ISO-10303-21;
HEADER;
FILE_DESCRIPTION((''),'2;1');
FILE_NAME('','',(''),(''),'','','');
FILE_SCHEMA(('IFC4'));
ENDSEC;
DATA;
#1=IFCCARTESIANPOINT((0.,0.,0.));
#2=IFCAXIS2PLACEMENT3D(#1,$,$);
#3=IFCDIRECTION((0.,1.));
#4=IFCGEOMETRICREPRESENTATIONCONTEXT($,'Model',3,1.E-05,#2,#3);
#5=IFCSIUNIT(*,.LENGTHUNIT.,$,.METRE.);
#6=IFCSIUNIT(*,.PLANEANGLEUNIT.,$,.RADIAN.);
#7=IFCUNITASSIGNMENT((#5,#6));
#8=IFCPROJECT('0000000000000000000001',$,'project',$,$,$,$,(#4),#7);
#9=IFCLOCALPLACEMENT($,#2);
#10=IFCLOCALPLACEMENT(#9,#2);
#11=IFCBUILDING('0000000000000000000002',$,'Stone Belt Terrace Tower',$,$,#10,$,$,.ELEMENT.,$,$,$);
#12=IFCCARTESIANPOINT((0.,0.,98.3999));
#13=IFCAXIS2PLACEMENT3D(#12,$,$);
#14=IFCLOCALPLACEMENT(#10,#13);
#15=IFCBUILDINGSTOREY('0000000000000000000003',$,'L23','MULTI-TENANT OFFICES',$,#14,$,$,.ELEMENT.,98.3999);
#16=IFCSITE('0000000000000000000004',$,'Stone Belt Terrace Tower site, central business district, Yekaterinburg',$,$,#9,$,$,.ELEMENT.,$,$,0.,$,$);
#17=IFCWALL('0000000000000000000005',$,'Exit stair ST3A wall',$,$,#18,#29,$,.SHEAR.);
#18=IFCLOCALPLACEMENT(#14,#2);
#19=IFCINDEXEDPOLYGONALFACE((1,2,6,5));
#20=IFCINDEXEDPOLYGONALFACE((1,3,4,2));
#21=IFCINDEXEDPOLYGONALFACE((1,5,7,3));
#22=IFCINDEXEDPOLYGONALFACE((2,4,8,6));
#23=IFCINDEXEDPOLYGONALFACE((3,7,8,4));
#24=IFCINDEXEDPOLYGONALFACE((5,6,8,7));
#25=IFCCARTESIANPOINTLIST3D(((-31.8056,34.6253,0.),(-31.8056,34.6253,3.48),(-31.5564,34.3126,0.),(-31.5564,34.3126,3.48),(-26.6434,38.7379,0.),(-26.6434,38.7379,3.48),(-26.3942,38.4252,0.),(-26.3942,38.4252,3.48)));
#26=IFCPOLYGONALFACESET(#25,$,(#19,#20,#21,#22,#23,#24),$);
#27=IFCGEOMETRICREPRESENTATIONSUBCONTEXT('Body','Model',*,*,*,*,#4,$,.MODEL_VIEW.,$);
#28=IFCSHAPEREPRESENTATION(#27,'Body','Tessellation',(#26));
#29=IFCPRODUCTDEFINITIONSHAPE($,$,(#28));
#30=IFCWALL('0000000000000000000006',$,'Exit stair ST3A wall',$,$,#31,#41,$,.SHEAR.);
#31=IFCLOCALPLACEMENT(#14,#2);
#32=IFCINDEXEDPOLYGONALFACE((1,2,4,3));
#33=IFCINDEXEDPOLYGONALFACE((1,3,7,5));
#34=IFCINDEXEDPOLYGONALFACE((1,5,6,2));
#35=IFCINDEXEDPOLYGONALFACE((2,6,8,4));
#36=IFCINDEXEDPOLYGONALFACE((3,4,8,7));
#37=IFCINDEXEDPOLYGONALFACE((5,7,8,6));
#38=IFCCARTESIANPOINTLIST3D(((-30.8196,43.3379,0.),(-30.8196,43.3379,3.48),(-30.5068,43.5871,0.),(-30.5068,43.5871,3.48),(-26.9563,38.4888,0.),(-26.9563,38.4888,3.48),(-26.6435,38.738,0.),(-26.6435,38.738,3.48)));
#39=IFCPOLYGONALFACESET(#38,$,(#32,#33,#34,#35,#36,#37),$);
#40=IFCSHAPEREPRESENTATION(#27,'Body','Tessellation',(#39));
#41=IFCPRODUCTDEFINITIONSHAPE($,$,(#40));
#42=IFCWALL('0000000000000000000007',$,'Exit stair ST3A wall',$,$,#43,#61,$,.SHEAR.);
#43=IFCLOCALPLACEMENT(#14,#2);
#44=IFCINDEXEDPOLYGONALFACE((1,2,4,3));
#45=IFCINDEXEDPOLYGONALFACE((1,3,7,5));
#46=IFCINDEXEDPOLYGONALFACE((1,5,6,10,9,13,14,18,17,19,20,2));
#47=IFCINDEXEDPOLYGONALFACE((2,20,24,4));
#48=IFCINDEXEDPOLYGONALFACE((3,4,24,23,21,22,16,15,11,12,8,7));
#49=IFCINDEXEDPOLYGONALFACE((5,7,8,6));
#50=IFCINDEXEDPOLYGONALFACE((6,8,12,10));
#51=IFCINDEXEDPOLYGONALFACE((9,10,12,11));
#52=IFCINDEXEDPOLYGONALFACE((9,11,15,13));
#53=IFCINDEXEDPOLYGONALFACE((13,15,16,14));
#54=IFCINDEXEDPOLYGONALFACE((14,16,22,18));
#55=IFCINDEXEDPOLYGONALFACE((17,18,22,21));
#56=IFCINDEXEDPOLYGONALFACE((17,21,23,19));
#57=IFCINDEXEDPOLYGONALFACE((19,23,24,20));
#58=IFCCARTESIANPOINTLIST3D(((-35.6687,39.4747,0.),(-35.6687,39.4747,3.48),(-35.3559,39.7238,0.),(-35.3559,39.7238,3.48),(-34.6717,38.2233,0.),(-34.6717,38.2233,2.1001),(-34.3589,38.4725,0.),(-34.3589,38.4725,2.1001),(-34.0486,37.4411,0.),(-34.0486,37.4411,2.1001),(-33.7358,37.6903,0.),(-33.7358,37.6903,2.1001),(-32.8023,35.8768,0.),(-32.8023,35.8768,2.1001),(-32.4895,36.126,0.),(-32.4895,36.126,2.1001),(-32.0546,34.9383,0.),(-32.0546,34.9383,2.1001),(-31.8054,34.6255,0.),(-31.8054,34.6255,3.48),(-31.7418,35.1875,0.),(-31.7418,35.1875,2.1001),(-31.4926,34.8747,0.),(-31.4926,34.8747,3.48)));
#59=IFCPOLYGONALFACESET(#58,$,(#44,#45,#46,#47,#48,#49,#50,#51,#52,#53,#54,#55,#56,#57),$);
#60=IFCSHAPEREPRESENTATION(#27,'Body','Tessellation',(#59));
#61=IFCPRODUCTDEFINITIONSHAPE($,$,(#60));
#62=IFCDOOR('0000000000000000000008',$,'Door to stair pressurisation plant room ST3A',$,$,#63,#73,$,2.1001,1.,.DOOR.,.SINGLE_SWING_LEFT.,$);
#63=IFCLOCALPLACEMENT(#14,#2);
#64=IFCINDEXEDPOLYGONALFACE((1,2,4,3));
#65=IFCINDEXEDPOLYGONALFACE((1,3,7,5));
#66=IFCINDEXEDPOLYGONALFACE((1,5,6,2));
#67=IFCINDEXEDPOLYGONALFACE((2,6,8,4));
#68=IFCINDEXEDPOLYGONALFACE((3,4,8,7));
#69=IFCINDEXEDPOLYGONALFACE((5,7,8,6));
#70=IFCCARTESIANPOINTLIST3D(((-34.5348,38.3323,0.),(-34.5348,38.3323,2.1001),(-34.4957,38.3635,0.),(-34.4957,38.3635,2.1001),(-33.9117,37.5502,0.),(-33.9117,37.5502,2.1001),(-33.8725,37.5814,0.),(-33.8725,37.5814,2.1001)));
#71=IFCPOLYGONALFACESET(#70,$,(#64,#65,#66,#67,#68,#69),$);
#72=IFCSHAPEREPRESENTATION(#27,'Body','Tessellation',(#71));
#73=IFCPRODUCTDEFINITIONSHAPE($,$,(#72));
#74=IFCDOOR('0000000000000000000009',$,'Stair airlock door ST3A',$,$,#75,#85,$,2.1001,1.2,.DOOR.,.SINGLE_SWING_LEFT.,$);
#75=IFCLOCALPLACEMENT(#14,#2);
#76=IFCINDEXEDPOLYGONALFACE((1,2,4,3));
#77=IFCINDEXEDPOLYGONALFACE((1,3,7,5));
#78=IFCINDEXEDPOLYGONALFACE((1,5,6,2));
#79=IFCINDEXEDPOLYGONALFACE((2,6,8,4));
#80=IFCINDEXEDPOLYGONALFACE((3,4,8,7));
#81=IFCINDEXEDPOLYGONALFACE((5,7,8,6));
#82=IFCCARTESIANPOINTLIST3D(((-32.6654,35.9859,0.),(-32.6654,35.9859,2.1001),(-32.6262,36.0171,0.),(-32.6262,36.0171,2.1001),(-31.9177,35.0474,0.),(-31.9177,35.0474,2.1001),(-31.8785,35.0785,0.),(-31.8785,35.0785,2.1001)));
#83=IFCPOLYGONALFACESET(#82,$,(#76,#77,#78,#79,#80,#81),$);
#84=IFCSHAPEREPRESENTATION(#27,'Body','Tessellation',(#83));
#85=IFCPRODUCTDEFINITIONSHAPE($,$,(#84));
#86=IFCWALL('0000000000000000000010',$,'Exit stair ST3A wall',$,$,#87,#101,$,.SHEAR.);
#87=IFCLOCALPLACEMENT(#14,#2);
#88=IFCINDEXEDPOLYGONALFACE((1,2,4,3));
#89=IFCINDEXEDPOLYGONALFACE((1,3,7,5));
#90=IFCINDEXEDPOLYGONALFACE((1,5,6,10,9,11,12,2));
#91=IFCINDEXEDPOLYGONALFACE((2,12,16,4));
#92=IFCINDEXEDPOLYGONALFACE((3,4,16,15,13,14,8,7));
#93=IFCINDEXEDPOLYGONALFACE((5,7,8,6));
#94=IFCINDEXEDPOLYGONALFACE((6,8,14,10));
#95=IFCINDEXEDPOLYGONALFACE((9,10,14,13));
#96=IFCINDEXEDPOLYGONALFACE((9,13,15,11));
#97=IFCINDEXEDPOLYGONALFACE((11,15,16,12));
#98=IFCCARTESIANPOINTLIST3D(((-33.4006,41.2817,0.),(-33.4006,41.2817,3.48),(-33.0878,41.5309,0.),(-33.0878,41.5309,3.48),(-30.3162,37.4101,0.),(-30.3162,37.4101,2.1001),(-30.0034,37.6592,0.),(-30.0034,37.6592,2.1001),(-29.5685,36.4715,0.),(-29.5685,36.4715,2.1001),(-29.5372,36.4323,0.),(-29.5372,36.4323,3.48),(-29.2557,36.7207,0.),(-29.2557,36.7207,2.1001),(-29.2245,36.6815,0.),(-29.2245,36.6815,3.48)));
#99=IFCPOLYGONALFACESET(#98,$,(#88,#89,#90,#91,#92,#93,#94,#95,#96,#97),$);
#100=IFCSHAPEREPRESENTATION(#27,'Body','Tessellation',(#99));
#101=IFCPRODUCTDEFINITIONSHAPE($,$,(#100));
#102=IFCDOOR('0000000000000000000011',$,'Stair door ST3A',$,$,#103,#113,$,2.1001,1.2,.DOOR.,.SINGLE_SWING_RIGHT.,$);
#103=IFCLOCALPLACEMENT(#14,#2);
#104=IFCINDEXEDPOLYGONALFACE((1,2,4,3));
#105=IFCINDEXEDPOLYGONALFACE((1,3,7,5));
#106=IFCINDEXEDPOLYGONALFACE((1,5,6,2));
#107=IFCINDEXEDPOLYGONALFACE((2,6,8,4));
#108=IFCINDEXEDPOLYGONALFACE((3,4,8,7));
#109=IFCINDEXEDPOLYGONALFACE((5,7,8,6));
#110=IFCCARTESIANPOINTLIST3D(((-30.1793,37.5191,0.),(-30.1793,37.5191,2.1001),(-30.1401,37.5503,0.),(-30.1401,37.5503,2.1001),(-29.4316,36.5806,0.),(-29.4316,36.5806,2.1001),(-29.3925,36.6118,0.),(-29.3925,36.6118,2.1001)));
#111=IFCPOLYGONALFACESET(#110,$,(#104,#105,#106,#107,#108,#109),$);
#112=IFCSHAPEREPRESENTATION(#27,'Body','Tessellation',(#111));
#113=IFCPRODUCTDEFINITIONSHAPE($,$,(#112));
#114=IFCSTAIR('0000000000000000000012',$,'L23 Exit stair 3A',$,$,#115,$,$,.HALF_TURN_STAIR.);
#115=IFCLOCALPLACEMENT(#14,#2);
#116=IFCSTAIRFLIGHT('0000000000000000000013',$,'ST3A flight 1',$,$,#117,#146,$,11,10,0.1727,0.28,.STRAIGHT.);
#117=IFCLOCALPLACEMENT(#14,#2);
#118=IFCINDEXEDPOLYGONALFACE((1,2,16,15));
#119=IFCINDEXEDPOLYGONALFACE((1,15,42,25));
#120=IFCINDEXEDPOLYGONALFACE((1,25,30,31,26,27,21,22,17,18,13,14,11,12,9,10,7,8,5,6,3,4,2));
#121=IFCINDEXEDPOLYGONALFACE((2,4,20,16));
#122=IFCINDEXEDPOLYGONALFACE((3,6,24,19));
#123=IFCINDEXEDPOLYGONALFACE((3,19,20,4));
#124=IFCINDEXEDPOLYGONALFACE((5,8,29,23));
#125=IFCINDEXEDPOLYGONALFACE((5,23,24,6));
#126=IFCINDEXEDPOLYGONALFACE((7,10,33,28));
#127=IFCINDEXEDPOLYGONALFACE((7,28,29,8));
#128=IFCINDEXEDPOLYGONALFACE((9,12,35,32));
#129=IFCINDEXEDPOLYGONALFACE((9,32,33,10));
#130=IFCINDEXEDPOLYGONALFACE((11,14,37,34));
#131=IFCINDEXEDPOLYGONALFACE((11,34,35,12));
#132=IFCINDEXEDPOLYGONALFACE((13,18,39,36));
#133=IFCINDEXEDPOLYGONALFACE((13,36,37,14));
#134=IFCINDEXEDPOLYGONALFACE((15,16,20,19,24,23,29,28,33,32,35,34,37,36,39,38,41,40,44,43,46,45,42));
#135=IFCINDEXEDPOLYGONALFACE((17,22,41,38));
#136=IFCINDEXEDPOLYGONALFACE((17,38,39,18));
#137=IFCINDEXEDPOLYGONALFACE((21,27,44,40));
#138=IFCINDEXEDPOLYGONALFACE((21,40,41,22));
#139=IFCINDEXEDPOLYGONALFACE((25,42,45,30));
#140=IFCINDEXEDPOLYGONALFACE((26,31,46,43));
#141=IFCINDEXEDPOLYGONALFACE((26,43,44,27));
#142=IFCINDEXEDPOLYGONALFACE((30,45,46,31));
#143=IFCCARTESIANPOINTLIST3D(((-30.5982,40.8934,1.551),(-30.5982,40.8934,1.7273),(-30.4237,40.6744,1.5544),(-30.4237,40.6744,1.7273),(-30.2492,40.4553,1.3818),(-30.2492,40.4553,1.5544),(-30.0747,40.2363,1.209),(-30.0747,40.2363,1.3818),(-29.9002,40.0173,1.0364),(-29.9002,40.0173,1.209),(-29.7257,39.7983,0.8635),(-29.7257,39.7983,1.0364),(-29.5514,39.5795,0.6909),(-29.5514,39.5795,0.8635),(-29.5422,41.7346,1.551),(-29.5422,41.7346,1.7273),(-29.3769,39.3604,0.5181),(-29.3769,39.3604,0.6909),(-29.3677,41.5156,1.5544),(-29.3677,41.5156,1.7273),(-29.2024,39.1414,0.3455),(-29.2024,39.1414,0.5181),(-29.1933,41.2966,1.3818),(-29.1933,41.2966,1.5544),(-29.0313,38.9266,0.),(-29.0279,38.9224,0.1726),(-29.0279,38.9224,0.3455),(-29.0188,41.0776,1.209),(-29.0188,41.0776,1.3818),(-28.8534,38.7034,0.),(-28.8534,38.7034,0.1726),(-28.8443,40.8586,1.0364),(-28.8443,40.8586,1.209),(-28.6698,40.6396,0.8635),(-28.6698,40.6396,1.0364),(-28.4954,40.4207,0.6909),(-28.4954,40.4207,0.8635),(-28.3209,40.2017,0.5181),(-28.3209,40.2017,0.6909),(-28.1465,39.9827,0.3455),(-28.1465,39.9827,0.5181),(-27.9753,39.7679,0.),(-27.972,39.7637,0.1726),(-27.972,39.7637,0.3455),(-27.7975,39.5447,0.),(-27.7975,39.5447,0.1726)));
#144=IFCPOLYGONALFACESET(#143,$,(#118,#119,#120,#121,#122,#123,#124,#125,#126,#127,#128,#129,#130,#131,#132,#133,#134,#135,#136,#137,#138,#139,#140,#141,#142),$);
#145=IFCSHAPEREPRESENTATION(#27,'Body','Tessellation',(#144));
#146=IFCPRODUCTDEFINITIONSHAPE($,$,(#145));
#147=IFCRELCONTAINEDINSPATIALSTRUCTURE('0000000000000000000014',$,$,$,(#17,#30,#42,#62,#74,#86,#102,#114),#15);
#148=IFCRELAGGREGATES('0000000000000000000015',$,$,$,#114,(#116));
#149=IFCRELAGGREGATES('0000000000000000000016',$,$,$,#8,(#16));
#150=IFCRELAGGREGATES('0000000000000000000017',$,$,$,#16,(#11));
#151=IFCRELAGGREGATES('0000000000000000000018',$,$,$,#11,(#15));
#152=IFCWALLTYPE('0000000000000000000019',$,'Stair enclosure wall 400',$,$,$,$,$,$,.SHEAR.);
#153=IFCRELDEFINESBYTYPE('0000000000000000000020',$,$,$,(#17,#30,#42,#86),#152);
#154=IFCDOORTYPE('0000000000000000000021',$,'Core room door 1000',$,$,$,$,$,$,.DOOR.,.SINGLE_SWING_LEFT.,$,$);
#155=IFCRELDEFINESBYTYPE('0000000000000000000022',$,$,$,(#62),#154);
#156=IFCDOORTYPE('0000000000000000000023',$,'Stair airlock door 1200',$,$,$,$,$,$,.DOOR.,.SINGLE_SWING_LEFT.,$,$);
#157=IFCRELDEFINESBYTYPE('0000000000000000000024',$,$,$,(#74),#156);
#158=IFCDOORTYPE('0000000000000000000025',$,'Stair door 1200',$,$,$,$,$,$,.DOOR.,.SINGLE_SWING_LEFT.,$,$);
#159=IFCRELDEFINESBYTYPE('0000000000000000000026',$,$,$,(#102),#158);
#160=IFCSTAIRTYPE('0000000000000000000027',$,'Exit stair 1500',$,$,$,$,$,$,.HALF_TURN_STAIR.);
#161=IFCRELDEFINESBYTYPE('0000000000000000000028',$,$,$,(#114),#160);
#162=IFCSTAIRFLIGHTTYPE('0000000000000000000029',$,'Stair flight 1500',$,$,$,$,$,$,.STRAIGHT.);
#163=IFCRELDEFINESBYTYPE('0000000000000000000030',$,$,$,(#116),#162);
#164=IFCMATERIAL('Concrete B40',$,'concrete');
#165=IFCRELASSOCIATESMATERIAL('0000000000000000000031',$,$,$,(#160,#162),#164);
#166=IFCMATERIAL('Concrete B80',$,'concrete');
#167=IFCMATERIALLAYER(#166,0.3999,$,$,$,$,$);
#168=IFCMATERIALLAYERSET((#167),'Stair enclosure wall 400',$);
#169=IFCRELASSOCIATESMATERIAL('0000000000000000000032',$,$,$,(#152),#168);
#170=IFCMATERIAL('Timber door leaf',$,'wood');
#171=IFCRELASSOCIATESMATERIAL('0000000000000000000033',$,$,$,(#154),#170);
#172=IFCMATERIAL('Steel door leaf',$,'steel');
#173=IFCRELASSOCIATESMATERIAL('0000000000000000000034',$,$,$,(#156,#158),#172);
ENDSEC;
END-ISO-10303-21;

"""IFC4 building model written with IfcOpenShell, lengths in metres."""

from ifc_helpers import new_model, si_unit, direction, frame, frame_2d, origin, place, context, subcontext, project, spatial, polyline, rectangle, outline, extrude, material, layer, layer_set, type_object, element, fill, aggregate, save


model = new_model("IFC4")

# Units and contexts
model_context = context("Model", 3, precision=1e-05, world=origin(), true_north=direction((0.0, 1.0)))
body_context = subcontext(model_context, "Body", "Model", "MODEL_VIEW")
ifc_project = project(units=[si_unit("LENGTHUNIT", "METRE"), si_unit("PLANEANGLEUNIT", "RADIAN")], contexts=[model_context])

# Site, building, storey
site_placement = place(None, origin())
site = spatial("IfcSite", under=ifc_project, at=site_placement, Name="Stone Belt Terrace Tower site, central business district, Yekaterinburg", CompositionType="ELEMENT", RefElevation=0.0)
building_placement = place(site_placement, origin())
building = spatial("IfcBuilding", under=site, at=building_placement, Name="Stone Belt Terrace Tower", CompositionType="ELEMENT")
storey_placement = place(building_placement, frame((0.0, 0.0, 98.3999)))
storey = spatial("IfcBuildingStorey", under=building, at=storey_placement, Name="L23", Description="MULTI-TENANT OFFICES", CompositionType="ELEMENT", Elevation=98.3999)

# Shared definitions
ifc_material_1 = material(Name="Concrete B80", Category="concrete")

# Shared definitions
ifc_material_2 = material(Name="Concrete B40", Category="concrete")

# Shared definitions
stair_type = type_object("IfcStairType", Name="Exit stair 1500", PredefinedType="HALF_TURN_STAIR", material=ifc_material_2)

# Walls
ifc_layer_1 = layer(ifc_material_1, 0.3999)
ifc_layer_set_1 = layer_set([ifc_layer_1], Name="Stair enclosure wall 400")
wall_type_1 = type_object("IfcWallType", Name="Stair enclosure wall 400", PredefinedType="SHEAR", material=ifc_layer_set_1)
wall_1_placement = place(storey_placement, frame((-26.5188, 38.5815, 0.0), z_axis=(0.0, 0.0, 1.0), x_axis=(-0.782134, -0.62311, 0.0)))
element("IfcWall", 1, at=wall_1_placement, inside=storey, type_object=wall_type_1, Name="Exit stair ST3A wall", PredefinedType="SHEAR", context=body_context, shape_type="SweptSolid", body=[
    extrude(rectangle(XDim=6.6001, YDim=0.3999, at=frame_2d((3.3, 0.0))), origin(), (0.0, 0.0, 1.0), 3.48),
])
wall_2_placement = place(storey_placement, frame((-26.7998, 38.6133, 0.0), z_axis=(0.0, 0.0, 1.0), x_axis=(-0.623119, 0.782127, 0.0)))
element("IfcWall", 2, at=wall_2_placement, inside=storey, type_object=wall_type_1, Name="Exit stair ST3A wall", PredefinedType="SHEAR", context=body_context, shape_type="SweptSolid", body=[
    extrude(rectangle(XDim=6.2, YDim=0.3999, at=frame_2d((3.1001, 0.0))), origin(), (0.0, 0.0, 1.0), 3.48),
])

# Wall, openings, doors
wall_3_placement = place(storey_placement, frame((-31.6489, 34.75, 0.0), z_axis=(0.0, 0.0, 1.0), x_axis=(-0.623119, 0.782127, 0.0)))
wall_3 = element("IfcWall", 3, at=wall_3_placement, inside=storey, type_object=wall_type_1, Name="Exit stair ST3A wall", PredefinedType="SHEAR", context=body_context, shape_type="SweptSolid", body=[
    extrude(rectangle(XDim=6.2, YDim=0.3999, at=frame_2d((3.1001, 0.0))), origin(), (0.0, 0.0, 1.0), 3.48),
])
opening_1_placement = place(wall_3_placement, frame((0.3999, 0.0, 0.0)))
opening_1 = element("IfcOpeningElement", 4, at=opening_1_placement, cuts=wall_3, PredefinedType="OPENING", context=body_context, shape_type="SweptSolid", body=[
    extrude(rectangle(XDim=1.2, YDim=2.1001, at=frame_2d((0.6001, 1.05))), frame((0.0, 0.21, 0.0), z_axis=(0.0, -1.0, 0.0), x_axis=(1.0, 0.0, 0.0)), (0.0, 0.0, 1.0), 0.4199),
])
opening_2_placement = place(wall_3_placement, frame((3.6001, 0.0, 0.0)))
opening_2 = element("IfcOpeningElement", 5, at=opening_2_placement, cuts=wall_3, PredefinedType="OPENING", context=body_context, shape_type="SweptSolid", body=[
    extrude(rectangle(XDim=1.0, YDim=2.1001, at=frame_2d((0.5, 1.05))), frame((0.0, 0.21, 0.0), z_axis=(0.0, -1.0, 0.0), x_axis=(1.0, 0.0, 0.0)), (0.0, 0.0, 1.0), 0.4199),
])
ifc_material_3 = material(Name="Timber door leaf", Category="wood")
door_type_1 = type_object("IfcDoorType", Name="Core room door 1000", OperationType="SINGLE_SWING_LEFT", PredefinedType="DOOR", material=ifc_material_3)
door_1_placement = place(opening_2_placement, origin())
door_1 = element("IfcDoor", 6, at=door_1_placement, inside=storey, type_object=door_type_1, Name="Door to stair pressurisation plant room ST3A", OperationType="SINGLE_SWING_LEFT", OverallHeight=2.1001, OverallWidth=1.0, PredefinedType="DOOR", context=body_context, shape_type="SweptSolid", body=[
    extrude(rectangle(XDim=1.0, YDim=2.1001, at=frame_2d((0.5, 1.05))), frame((0.0, 0.0249, 0.0), z_axis=(0.0, -1.0, 0.0), x_axis=(1.0, 0.0, 0.0)), (0.0, 0.0, 1.0), 0.05),
])
fill(opening_2, door_1)
ifc_material_4 = material(Name="Steel door leaf", Category="steel")
door_type_2 = type_object("IfcDoorType", Name="Stair airlock door 1200", OperationType="SINGLE_SWING_LEFT", PredefinedType="DOOR", material=ifc_material_4)
door_2_placement = place(opening_1_placement, origin())
door_2 = element("IfcDoor", 7, at=door_2_placement, inside=storey, type_object=door_type_2, Name="Stair airlock door ST3A", OperationType="SINGLE_SWING_LEFT", OverallHeight=2.1001, OverallWidth=1.2, PredefinedType="DOOR", context=body_context, shape_type="SweptSolid", body=[
    extrude(rectangle(XDim=1.2, YDim=2.1001, at=frame_2d((0.6001, 1.05))), frame((0.0, 0.0249, 0.0), z_axis=(0.0, -1.0, 0.0), x_axis=(1.0, 0.0, 0.0)), (0.0, 0.0, 1.0), 0.05),
])
fill(opening_1, door_2)

# Wall, opening, door
wall_4_placement = place(storey_placement, frame((-29.3809, 36.5569, 0.0), z_axis=(0.0, 0.0, 1.0), x_axis=(-0.623099, 0.782143, 0.0)))
wall_4 = element("IfcWall", 8, at=wall_4_placement, inside=storey, type_object=wall_type_1, Name="Exit stair ST3A wall", PredefinedType="SHEAR", context=body_context, shape_type="SweptSolid", body=[
    extrude(rectangle(XDim=6.2002, YDim=0.3999, at=frame_2d((3.1001, 0.0))), origin(), (0.0, 0.0, 1.0), 3.48),
])
opening_3_placement = place(wall_4_placement, frame((0.05, 0.0, 0.0)))
opening_3 = element("IfcOpeningElement", 9, at=opening_3_placement, cuts=wall_4, PredefinedType="OPENING", context=body_context, shape_type="SweptSolid", body=[
    extrude(rectangle(XDim=1.2, YDim=2.1001, at=frame_2d((0.6001, 1.05))), frame((0.0, 0.21, 0.0), z_axis=(0.0, -1.0, 0.0), x_axis=(1.0, 0.0, 0.0)), (0.0, 0.0, 1.0), 0.4199),
])
door_type_3 = type_object("IfcDoorType", Name="Stair door 1200", OperationType="SINGLE_SWING_LEFT", PredefinedType="DOOR", material=ifc_material_4)
door_3_placement = place(opening_3_placement, origin())
door_3 = element("IfcDoor", 10, at=door_3_placement, inside=storey, type_object=door_type_3, Name="Stair door ST3A", OperationType="SINGLE_SWING_RIGHT", OverallHeight=2.1001, OverallWidth=1.2, PredefinedType="DOOR", context=body_context, shape_type="SweptSolid", body=[
    extrude(rectangle(XDim=1.2, YDim=2.1001, at=frame_2d((0.6001, 1.05))), frame((0.0, 0.0249, 0.0), z_axis=(0.0, -1.0, 0.0), x_axis=(1.0, 0.0, 0.0)), (0.0, 0.0, 1.0), 0.05),
])
fill(opening_3, door_3)

# Stair, stair flight
stair_1_placement = place(storey_placement, origin())
stair_1 = element("IfcStair", 11, at=stair_1_placement, inside=storey, type_object=stair_type, Name="L23 Exit stair 3A", PredefinedType="HALF_TURN_STAIR")
stair_flight_type = type_object("IfcStairFlightType", Name="Stair flight 1500", PredefinedType="STRAIGHT", material=ifc_material_2)
stair_flight_1_placement = place(storey_placement, frame((-28.3254, 39.124, 0.0), z_axis=(0.0, 0.0, 1.0), x_axis=(-0.623121, 0.782125, 0.0)))
stair_flight_1 = element("IfcStairFlight", 12, at=stair_flight_1_placement, type_object=stair_flight_type, Name="ST3A flight 1", NumberOfRisers=11, NumberOfTreads=10, PredefinedType="STRAIGHT", RiserHeight=0.1727, TreadLength=0.28, context=body_context, shape_type="SweptSolid", body=[
    extrude(outline(polyline([(0.0, 0.0), (0.0, 0.1726), (0.28, 0.1726), (0.28, 0.3455), (0.5601, 0.3455), (0.5601, 0.5181), (0.8401, 0.5181), (0.8401, 0.6909), (1.1201, 0.6909), (1.1201, 0.8635), (1.3999, 0.8635), (1.3999, 1.0364), (1.6799, 1.0364), (1.6799, 1.209), (1.96, 1.209), (1.96, 1.3818), (2.24, 1.3818), (2.24, 1.5544), (2.52, 1.5544), (2.52, 1.7273), (2.8, 1.7273), (2.8, 1.8999), (2.8, 1.551), (0.2854, 0.0), (0.0, 0.0)])), frame((0.0, 0.675, 0.0), z_axis=(0.0, -1.0, 0.0), x_axis=(1.0, 0.0, 0.0)), (0.0, 0.0, 1.0), 1.3501),
])
aggregate(stair_1, [stair_flight_1])

save(model, "model.ifc")
